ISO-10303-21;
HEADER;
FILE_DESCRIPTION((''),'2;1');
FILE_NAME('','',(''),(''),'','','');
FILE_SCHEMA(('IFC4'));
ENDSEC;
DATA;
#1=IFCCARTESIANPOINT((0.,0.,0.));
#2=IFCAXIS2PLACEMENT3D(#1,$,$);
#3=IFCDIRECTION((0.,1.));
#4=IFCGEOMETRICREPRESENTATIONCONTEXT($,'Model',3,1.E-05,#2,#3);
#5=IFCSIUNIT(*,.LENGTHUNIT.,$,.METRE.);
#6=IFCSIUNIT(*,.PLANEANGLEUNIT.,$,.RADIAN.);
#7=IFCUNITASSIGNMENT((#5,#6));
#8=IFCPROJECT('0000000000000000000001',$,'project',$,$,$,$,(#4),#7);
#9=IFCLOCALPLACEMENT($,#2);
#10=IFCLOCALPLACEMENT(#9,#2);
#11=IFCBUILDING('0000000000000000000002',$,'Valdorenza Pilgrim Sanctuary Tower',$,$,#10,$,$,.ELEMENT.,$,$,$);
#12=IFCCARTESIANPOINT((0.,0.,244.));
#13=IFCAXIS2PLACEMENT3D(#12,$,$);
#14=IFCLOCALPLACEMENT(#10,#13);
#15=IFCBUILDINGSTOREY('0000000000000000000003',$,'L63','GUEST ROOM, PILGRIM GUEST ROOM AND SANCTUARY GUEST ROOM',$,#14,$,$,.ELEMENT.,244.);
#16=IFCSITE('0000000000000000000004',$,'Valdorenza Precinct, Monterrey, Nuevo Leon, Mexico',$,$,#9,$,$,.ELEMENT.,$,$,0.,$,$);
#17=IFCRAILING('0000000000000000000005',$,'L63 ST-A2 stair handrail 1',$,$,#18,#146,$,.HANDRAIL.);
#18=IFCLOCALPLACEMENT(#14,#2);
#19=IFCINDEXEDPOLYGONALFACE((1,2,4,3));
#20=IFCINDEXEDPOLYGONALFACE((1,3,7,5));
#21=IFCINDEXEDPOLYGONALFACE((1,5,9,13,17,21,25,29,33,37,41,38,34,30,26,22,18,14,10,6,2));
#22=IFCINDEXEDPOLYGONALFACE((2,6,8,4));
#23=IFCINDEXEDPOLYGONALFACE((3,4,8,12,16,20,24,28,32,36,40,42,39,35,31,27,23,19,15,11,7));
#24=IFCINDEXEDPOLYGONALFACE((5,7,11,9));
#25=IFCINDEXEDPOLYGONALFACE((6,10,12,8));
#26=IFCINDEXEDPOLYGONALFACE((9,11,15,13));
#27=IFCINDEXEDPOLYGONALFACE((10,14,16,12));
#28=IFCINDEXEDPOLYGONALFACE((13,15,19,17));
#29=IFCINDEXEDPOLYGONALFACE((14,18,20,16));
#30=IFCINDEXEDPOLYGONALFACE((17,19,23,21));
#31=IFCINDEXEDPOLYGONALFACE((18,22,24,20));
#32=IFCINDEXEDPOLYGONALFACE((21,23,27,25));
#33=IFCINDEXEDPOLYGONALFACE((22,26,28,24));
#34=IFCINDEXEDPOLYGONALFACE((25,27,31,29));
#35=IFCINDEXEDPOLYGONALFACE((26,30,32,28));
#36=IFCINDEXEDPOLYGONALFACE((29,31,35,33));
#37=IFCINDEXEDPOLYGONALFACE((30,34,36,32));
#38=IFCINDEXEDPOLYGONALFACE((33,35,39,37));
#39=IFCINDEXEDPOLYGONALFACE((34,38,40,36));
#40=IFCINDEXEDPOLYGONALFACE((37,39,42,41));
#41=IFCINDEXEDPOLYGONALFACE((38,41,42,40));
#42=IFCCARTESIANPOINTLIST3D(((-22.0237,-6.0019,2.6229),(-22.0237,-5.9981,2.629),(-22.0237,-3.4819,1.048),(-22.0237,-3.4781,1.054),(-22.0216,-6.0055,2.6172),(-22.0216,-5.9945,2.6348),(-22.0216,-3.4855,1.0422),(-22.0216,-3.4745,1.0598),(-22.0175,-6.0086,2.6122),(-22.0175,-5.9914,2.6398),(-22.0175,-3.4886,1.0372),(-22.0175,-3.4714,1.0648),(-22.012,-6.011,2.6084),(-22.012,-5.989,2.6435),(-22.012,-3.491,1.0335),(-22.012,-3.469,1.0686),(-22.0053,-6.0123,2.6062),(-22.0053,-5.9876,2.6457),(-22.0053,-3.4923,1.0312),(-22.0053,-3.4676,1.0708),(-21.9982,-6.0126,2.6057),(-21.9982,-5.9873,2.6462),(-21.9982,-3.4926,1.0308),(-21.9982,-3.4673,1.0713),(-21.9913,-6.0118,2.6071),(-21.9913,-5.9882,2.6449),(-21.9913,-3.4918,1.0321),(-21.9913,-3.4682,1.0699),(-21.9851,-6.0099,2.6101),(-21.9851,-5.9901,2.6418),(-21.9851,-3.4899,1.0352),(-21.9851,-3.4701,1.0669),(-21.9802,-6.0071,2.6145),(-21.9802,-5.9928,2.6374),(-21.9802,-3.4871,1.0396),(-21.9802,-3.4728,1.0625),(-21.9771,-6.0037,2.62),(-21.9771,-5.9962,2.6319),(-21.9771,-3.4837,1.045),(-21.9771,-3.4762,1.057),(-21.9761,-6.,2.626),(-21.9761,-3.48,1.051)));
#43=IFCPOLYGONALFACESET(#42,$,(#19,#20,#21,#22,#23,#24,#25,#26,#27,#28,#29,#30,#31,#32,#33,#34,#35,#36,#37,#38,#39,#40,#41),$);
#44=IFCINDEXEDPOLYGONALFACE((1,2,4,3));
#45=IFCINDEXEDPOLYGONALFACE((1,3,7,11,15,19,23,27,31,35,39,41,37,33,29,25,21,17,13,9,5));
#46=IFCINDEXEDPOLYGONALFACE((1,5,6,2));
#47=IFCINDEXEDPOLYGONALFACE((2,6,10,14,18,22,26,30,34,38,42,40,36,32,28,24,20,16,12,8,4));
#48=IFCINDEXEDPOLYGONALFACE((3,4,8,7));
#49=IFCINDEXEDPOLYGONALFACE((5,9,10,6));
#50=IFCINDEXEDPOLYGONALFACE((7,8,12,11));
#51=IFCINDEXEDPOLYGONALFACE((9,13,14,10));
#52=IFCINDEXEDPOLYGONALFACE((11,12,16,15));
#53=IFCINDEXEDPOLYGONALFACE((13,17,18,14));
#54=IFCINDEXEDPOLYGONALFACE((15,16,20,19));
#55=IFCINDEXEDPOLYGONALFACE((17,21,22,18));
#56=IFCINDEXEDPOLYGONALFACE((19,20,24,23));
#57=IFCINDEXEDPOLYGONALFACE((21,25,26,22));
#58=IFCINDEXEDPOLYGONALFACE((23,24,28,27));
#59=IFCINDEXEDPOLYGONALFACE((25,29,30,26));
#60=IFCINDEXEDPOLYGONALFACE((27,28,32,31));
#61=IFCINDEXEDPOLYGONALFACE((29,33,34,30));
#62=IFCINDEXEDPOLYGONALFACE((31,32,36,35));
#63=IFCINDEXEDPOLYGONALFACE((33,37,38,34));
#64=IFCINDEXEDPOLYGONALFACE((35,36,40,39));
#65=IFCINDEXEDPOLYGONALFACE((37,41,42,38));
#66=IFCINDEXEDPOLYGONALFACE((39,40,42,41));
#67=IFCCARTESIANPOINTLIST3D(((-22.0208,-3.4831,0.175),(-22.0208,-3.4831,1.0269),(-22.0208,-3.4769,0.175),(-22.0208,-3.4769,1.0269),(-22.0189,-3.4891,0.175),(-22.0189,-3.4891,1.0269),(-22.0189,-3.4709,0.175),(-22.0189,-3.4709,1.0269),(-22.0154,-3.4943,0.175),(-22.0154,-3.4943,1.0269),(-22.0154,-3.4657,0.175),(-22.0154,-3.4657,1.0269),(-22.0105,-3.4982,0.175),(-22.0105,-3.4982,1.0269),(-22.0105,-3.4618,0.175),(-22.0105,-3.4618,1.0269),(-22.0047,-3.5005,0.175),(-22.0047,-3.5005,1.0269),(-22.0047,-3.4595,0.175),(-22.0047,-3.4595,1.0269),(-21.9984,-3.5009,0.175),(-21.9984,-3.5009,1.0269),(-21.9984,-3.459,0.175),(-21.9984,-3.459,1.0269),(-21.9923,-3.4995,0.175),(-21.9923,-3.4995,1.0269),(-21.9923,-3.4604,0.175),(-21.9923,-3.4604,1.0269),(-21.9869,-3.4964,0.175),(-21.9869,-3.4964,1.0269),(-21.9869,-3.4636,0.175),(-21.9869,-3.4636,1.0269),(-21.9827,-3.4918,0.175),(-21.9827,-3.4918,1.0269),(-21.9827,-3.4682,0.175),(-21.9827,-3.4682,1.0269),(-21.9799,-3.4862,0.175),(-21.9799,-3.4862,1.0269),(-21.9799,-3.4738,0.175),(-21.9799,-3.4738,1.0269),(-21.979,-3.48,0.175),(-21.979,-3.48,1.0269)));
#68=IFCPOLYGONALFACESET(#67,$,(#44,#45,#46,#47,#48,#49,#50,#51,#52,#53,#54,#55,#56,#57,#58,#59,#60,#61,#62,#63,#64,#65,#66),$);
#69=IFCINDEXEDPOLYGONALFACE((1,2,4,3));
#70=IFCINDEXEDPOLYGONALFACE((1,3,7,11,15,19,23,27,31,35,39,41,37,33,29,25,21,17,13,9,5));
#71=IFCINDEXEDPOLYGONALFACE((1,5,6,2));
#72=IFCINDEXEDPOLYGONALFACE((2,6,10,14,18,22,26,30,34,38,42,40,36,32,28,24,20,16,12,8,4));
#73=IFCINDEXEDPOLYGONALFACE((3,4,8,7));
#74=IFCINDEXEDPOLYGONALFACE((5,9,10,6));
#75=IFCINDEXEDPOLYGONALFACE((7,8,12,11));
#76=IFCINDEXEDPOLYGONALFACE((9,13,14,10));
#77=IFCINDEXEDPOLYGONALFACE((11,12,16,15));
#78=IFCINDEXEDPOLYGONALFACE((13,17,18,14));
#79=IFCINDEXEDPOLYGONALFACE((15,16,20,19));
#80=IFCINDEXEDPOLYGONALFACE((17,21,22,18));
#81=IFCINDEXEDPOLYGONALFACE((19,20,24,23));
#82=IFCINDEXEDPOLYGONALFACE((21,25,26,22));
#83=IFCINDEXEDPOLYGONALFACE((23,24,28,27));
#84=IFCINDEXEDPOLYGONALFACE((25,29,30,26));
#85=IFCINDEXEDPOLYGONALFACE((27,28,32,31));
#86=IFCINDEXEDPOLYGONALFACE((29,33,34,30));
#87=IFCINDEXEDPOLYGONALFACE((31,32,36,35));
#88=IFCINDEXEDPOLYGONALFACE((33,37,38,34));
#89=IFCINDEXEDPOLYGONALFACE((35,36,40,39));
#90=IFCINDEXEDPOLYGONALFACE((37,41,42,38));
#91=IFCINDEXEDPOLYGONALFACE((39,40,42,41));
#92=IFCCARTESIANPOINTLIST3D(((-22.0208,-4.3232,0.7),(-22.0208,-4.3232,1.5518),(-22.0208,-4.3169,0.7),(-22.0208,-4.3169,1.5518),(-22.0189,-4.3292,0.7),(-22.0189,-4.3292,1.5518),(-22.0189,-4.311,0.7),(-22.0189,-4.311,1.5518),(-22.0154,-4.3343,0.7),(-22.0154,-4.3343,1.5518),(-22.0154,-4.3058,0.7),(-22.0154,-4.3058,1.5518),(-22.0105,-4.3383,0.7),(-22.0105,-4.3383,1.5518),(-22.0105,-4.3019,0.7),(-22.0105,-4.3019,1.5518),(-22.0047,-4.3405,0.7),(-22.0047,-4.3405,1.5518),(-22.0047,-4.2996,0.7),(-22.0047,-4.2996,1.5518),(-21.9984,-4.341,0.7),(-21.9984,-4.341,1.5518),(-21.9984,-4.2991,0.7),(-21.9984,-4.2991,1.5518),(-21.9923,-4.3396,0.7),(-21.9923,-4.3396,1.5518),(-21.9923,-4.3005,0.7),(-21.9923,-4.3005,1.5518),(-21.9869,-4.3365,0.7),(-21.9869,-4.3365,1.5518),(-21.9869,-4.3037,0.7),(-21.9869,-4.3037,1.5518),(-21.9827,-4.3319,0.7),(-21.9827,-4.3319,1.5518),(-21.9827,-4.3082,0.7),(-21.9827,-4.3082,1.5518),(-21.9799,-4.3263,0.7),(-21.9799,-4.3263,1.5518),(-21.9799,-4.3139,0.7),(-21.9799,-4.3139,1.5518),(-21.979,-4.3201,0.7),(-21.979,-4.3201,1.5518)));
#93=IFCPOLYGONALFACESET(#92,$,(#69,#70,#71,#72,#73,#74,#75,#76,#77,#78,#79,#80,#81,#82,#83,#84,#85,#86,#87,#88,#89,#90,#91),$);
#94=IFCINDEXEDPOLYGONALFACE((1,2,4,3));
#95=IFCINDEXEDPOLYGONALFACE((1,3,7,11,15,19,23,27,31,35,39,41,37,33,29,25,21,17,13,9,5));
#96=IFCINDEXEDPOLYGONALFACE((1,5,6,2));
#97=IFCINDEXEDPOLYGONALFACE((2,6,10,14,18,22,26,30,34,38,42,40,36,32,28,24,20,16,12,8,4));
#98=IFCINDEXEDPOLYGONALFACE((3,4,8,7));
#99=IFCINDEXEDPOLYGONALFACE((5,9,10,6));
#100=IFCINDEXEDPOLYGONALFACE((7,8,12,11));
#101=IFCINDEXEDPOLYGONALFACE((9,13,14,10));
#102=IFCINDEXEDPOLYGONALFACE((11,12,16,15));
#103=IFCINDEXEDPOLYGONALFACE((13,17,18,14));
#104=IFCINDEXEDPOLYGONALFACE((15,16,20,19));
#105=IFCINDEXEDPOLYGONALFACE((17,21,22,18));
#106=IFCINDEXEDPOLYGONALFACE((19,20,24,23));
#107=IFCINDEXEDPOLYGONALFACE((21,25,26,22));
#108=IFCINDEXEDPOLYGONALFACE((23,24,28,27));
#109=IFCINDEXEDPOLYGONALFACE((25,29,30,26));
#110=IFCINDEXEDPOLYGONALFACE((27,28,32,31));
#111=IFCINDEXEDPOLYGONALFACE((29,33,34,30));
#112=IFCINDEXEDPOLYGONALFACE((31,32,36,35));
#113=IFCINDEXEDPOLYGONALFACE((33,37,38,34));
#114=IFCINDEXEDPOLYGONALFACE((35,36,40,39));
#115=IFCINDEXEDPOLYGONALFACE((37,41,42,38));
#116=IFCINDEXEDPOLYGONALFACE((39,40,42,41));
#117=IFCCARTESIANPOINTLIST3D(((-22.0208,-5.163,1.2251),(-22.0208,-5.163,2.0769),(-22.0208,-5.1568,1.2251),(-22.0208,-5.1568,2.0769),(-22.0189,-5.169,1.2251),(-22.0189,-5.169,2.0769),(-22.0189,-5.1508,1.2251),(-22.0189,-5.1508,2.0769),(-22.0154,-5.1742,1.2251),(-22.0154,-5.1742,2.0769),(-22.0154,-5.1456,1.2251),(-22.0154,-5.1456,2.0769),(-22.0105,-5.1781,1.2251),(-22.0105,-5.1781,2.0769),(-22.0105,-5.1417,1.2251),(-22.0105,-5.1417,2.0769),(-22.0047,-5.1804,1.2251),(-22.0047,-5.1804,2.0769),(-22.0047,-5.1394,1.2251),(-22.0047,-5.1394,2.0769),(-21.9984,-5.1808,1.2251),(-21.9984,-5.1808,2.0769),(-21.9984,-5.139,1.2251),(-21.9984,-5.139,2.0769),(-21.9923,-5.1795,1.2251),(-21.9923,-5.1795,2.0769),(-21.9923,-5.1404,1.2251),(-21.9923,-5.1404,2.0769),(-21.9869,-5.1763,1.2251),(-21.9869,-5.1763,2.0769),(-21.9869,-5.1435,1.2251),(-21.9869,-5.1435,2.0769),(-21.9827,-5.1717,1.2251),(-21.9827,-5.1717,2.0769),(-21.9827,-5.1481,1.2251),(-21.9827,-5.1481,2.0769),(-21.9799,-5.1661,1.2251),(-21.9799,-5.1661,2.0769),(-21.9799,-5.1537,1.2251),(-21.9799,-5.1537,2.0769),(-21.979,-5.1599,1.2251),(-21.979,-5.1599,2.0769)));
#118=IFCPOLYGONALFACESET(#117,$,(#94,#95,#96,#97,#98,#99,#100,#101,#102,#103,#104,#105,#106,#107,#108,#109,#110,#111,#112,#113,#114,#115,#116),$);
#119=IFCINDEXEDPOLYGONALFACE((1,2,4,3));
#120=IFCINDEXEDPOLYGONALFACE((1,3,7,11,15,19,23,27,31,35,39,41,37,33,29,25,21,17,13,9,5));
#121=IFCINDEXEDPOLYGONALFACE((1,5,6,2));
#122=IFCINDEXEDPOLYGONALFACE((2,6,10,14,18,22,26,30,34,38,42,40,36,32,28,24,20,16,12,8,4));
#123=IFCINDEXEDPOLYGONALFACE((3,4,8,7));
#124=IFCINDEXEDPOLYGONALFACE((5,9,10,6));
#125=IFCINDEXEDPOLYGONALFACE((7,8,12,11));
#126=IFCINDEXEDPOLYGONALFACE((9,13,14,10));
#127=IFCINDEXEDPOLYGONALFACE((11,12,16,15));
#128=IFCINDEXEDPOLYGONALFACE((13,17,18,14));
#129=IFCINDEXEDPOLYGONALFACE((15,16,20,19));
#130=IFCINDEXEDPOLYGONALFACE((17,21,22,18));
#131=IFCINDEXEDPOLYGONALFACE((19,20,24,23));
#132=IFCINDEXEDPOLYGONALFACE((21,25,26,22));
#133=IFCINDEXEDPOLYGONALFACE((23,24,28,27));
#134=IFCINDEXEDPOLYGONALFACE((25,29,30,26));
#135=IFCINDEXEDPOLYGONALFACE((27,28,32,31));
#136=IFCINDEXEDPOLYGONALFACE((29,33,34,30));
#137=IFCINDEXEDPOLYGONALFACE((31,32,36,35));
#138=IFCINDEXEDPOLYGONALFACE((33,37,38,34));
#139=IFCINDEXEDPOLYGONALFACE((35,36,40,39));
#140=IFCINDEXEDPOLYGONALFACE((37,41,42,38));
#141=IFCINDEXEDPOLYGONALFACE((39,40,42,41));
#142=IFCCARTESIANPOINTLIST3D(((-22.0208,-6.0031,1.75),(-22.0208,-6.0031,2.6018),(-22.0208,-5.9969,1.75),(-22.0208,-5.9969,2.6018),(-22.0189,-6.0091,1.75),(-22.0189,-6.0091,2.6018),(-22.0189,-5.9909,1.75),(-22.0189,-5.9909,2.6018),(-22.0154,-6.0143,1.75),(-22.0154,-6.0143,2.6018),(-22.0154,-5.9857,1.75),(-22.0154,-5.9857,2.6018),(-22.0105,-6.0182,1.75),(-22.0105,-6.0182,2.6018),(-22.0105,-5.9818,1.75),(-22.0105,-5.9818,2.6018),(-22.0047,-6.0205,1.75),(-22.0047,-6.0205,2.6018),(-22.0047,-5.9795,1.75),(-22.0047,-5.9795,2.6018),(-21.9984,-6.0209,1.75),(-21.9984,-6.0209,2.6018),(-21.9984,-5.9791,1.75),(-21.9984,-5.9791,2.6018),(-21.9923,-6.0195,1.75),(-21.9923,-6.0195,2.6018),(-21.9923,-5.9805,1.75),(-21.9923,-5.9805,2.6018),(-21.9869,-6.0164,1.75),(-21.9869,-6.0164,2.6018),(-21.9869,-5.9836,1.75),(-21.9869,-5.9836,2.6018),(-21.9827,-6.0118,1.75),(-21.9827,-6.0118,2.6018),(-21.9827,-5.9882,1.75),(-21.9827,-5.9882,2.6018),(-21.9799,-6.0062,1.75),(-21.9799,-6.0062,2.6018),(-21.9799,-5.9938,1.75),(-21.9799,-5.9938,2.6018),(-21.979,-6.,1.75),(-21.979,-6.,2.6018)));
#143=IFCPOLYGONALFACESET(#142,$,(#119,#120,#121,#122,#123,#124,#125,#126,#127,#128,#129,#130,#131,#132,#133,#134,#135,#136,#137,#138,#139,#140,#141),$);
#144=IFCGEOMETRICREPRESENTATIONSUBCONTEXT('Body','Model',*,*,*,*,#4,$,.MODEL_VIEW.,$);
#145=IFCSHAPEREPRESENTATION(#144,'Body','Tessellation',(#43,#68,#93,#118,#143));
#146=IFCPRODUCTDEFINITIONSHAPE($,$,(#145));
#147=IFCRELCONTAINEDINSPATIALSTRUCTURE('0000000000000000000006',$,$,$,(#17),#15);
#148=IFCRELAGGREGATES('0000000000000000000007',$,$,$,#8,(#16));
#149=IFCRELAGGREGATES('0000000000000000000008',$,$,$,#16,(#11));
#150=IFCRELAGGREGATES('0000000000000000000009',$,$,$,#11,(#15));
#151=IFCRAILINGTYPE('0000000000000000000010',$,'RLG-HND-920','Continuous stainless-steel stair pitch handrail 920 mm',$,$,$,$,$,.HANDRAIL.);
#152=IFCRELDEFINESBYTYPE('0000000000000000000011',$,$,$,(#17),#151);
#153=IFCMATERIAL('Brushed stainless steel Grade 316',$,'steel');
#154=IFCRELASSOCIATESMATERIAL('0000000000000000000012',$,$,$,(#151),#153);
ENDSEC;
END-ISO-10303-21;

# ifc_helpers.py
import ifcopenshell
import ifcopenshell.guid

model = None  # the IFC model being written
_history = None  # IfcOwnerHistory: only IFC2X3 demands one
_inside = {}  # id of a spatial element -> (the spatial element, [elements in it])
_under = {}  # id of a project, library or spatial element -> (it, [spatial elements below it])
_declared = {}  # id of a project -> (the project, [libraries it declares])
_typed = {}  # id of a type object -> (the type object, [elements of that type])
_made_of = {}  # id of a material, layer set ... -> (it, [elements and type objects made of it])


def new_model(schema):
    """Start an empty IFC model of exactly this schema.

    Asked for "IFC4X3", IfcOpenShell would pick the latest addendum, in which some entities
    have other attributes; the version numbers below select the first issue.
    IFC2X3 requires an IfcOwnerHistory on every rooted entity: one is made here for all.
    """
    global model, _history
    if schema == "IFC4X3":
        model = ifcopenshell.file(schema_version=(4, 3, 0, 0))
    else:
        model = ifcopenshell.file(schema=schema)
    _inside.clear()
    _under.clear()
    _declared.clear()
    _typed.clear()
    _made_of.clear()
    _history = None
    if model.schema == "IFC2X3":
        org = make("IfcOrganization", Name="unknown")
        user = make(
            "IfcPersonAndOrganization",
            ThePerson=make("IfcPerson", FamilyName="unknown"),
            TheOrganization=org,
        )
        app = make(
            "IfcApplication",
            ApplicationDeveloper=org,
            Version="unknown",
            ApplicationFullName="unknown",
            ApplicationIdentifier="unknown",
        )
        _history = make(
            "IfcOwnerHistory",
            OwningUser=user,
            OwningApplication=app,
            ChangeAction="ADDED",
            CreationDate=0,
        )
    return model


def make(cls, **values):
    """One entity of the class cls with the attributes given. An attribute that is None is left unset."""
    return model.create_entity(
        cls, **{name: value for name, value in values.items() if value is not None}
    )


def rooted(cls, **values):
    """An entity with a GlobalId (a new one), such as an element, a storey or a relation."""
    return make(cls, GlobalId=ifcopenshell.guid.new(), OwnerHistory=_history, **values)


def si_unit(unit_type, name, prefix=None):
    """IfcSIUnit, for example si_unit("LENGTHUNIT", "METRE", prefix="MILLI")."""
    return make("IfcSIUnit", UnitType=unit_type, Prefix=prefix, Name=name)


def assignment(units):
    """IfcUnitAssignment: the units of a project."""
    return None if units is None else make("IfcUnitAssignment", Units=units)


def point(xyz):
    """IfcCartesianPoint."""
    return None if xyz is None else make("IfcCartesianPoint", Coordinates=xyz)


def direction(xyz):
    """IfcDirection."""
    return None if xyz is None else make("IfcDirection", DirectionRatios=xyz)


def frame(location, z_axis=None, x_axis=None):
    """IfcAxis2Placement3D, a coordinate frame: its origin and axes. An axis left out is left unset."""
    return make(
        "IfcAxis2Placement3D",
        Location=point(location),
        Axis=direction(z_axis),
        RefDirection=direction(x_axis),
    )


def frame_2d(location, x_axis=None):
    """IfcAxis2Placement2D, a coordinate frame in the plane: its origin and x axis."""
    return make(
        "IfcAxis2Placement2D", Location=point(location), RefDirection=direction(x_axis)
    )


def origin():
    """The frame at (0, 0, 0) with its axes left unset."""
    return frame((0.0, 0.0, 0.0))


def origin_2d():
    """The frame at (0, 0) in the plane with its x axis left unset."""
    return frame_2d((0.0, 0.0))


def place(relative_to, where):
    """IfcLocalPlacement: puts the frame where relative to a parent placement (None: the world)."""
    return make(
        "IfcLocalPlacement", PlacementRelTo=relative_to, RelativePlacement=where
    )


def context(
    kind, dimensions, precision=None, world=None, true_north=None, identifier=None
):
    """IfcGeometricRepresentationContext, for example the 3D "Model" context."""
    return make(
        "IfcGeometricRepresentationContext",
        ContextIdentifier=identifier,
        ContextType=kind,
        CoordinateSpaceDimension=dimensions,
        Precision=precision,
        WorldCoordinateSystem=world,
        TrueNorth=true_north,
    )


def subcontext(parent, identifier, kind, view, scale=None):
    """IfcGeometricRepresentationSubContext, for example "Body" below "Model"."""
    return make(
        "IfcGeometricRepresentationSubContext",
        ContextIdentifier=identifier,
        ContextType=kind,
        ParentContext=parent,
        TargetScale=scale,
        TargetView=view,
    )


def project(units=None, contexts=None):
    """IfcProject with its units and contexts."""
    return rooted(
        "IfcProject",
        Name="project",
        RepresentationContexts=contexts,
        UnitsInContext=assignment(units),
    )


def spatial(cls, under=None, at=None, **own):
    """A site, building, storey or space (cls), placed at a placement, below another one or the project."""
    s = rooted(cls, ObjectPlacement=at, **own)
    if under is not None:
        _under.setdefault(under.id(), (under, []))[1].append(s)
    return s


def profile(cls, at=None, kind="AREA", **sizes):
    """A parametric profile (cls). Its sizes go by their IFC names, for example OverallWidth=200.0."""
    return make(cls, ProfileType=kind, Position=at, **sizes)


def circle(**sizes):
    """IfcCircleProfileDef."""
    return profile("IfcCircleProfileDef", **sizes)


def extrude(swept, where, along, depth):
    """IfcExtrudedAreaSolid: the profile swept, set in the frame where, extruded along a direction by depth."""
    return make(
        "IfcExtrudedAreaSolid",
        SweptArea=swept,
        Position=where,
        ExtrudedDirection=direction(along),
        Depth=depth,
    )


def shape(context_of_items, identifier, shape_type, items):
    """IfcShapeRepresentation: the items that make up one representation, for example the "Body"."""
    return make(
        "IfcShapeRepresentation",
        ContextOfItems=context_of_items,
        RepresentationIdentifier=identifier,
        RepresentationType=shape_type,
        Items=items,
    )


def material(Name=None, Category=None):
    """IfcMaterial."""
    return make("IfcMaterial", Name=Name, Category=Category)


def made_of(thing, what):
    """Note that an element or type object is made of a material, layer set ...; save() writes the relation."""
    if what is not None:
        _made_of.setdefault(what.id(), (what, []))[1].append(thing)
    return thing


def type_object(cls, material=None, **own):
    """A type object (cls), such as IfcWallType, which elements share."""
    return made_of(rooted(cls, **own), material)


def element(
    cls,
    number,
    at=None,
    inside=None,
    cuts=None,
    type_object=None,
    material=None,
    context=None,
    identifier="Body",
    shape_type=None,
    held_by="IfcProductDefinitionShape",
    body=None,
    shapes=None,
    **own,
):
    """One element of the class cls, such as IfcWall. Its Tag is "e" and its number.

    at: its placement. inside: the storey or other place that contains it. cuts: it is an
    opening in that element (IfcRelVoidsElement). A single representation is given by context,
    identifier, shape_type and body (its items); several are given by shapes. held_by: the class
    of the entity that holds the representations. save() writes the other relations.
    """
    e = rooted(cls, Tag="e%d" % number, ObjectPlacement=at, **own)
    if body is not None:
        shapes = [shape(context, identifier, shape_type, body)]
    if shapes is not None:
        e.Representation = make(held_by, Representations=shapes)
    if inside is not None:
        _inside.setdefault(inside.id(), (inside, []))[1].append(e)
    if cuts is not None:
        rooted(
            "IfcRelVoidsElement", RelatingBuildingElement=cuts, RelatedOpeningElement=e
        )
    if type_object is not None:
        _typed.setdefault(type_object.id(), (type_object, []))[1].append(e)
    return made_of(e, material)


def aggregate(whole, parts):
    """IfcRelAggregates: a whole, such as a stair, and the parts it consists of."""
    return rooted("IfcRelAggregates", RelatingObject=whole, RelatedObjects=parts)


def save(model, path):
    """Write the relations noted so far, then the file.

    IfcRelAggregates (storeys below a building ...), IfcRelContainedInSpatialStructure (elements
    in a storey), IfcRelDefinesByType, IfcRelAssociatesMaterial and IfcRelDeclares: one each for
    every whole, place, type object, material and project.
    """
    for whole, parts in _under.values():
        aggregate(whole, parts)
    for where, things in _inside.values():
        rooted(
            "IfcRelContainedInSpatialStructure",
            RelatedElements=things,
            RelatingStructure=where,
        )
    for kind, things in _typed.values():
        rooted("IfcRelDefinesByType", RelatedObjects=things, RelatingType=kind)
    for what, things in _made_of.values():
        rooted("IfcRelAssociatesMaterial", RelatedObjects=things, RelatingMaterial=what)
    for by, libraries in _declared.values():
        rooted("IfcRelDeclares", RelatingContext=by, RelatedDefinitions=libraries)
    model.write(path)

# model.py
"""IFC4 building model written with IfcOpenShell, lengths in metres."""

from ifc_helpers import new_model, si_unit, direction, frame, origin, origin_2d, place, context, subcontext, project, spatial, circle, extrude, material, type_object, element, save


model = new_model("IFC4")

# Units and contexts
model_context = context("Model", 3, precision=1e-05, world=origin(), true_north=direction((0.0, 1.0)))
body_context = subcontext(model_context, "Body", "Model", "MODEL_VIEW")
ifc_project = project(units=[si_unit("LENGTHUNIT", "METRE"), si_unit("PLANEANGLEUNIT", "RADIAN")], contexts=[model_context])

# Site, building, storey
site_placement = place(None, origin())
site = spatial("IfcSite", under=ifc_project, at=site_placement, Name="Valdorenza Precinct, Monterrey, Nuevo Leon, Mexico", CompositionType="ELEMENT", RefElevation=0.0)
building_placement = place(site_placement, origin())
building = spatial("IfcBuilding", under=site, at=building_placement, Name="Valdorenza Pilgrim Sanctuary Tower", CompositionType="ELEMENT")
storey_placement = place(building_placement, frame((0.0, 0.0, 244.0)))
storey = spatial("IfcBuildingStorey", under=building, at=storey_placement, Name="L63", Description="GUEST ROOM, PILGRIM GUEST ROOM AND SANCTUARY GUEST ROOM", CompositionType="ELEMENT", Elevation=244.0)

# Railing
ifc_material_1 = material(Name="Brushed stainless steel Grade 316", Category="steel")
railing_type_1 = type_object("IfcRailingType", Name="RLG-HND-920", Description="Continuous stainless-steel stair pitch handrail 920 mm", PredefinedType="HANDRAIL", material=ifc_material_1)
railing_1_placement = place(storey_placement, frame((-22.0, -3.48, 0.175)))
element("IfcRailing", 1, at=railing_1_placement, inside=storey, type_object=railing_type_1, Name="L63 ST-A2 stair handrail 1", PredefinedType="HANDRAIL", context=body_context, shape_type="SweptSolid", body=[
    extrude(circle(Radius=0.0239, at=origin_2d()), frame((0.0, 0.0, 0.876), z_axis=(0.0, -0.848008, 0.529984), x_axis=(1.0, 0.0, 0.0)), (0.0, 0.0, 1.0), 2.9717),
    extrude(circle(Radius=0.021, at=origin_2d()), origin(), (0.0, 0.0, 1.0), 0.8518),
    extrude(circle(Radius=0.021, at=origin_2d()), frame((0.0, -0.8401, 0.5249)), (0.0, 0.0, 1.0), 0.8518),
    extrude(circle(Radius=0.021, at=origin_2d()), frame((0.0, -1.6799, 1.05)), (0.0, 0.0, 1.0), 0.8518),
    extrude(circle(Radius=0.021, at=origin_2d()), frame((0.0, -2.52, 1.575)), (0.0, 0.0, 1.0), 0.8518),
])

save(model, "model.ifc")
